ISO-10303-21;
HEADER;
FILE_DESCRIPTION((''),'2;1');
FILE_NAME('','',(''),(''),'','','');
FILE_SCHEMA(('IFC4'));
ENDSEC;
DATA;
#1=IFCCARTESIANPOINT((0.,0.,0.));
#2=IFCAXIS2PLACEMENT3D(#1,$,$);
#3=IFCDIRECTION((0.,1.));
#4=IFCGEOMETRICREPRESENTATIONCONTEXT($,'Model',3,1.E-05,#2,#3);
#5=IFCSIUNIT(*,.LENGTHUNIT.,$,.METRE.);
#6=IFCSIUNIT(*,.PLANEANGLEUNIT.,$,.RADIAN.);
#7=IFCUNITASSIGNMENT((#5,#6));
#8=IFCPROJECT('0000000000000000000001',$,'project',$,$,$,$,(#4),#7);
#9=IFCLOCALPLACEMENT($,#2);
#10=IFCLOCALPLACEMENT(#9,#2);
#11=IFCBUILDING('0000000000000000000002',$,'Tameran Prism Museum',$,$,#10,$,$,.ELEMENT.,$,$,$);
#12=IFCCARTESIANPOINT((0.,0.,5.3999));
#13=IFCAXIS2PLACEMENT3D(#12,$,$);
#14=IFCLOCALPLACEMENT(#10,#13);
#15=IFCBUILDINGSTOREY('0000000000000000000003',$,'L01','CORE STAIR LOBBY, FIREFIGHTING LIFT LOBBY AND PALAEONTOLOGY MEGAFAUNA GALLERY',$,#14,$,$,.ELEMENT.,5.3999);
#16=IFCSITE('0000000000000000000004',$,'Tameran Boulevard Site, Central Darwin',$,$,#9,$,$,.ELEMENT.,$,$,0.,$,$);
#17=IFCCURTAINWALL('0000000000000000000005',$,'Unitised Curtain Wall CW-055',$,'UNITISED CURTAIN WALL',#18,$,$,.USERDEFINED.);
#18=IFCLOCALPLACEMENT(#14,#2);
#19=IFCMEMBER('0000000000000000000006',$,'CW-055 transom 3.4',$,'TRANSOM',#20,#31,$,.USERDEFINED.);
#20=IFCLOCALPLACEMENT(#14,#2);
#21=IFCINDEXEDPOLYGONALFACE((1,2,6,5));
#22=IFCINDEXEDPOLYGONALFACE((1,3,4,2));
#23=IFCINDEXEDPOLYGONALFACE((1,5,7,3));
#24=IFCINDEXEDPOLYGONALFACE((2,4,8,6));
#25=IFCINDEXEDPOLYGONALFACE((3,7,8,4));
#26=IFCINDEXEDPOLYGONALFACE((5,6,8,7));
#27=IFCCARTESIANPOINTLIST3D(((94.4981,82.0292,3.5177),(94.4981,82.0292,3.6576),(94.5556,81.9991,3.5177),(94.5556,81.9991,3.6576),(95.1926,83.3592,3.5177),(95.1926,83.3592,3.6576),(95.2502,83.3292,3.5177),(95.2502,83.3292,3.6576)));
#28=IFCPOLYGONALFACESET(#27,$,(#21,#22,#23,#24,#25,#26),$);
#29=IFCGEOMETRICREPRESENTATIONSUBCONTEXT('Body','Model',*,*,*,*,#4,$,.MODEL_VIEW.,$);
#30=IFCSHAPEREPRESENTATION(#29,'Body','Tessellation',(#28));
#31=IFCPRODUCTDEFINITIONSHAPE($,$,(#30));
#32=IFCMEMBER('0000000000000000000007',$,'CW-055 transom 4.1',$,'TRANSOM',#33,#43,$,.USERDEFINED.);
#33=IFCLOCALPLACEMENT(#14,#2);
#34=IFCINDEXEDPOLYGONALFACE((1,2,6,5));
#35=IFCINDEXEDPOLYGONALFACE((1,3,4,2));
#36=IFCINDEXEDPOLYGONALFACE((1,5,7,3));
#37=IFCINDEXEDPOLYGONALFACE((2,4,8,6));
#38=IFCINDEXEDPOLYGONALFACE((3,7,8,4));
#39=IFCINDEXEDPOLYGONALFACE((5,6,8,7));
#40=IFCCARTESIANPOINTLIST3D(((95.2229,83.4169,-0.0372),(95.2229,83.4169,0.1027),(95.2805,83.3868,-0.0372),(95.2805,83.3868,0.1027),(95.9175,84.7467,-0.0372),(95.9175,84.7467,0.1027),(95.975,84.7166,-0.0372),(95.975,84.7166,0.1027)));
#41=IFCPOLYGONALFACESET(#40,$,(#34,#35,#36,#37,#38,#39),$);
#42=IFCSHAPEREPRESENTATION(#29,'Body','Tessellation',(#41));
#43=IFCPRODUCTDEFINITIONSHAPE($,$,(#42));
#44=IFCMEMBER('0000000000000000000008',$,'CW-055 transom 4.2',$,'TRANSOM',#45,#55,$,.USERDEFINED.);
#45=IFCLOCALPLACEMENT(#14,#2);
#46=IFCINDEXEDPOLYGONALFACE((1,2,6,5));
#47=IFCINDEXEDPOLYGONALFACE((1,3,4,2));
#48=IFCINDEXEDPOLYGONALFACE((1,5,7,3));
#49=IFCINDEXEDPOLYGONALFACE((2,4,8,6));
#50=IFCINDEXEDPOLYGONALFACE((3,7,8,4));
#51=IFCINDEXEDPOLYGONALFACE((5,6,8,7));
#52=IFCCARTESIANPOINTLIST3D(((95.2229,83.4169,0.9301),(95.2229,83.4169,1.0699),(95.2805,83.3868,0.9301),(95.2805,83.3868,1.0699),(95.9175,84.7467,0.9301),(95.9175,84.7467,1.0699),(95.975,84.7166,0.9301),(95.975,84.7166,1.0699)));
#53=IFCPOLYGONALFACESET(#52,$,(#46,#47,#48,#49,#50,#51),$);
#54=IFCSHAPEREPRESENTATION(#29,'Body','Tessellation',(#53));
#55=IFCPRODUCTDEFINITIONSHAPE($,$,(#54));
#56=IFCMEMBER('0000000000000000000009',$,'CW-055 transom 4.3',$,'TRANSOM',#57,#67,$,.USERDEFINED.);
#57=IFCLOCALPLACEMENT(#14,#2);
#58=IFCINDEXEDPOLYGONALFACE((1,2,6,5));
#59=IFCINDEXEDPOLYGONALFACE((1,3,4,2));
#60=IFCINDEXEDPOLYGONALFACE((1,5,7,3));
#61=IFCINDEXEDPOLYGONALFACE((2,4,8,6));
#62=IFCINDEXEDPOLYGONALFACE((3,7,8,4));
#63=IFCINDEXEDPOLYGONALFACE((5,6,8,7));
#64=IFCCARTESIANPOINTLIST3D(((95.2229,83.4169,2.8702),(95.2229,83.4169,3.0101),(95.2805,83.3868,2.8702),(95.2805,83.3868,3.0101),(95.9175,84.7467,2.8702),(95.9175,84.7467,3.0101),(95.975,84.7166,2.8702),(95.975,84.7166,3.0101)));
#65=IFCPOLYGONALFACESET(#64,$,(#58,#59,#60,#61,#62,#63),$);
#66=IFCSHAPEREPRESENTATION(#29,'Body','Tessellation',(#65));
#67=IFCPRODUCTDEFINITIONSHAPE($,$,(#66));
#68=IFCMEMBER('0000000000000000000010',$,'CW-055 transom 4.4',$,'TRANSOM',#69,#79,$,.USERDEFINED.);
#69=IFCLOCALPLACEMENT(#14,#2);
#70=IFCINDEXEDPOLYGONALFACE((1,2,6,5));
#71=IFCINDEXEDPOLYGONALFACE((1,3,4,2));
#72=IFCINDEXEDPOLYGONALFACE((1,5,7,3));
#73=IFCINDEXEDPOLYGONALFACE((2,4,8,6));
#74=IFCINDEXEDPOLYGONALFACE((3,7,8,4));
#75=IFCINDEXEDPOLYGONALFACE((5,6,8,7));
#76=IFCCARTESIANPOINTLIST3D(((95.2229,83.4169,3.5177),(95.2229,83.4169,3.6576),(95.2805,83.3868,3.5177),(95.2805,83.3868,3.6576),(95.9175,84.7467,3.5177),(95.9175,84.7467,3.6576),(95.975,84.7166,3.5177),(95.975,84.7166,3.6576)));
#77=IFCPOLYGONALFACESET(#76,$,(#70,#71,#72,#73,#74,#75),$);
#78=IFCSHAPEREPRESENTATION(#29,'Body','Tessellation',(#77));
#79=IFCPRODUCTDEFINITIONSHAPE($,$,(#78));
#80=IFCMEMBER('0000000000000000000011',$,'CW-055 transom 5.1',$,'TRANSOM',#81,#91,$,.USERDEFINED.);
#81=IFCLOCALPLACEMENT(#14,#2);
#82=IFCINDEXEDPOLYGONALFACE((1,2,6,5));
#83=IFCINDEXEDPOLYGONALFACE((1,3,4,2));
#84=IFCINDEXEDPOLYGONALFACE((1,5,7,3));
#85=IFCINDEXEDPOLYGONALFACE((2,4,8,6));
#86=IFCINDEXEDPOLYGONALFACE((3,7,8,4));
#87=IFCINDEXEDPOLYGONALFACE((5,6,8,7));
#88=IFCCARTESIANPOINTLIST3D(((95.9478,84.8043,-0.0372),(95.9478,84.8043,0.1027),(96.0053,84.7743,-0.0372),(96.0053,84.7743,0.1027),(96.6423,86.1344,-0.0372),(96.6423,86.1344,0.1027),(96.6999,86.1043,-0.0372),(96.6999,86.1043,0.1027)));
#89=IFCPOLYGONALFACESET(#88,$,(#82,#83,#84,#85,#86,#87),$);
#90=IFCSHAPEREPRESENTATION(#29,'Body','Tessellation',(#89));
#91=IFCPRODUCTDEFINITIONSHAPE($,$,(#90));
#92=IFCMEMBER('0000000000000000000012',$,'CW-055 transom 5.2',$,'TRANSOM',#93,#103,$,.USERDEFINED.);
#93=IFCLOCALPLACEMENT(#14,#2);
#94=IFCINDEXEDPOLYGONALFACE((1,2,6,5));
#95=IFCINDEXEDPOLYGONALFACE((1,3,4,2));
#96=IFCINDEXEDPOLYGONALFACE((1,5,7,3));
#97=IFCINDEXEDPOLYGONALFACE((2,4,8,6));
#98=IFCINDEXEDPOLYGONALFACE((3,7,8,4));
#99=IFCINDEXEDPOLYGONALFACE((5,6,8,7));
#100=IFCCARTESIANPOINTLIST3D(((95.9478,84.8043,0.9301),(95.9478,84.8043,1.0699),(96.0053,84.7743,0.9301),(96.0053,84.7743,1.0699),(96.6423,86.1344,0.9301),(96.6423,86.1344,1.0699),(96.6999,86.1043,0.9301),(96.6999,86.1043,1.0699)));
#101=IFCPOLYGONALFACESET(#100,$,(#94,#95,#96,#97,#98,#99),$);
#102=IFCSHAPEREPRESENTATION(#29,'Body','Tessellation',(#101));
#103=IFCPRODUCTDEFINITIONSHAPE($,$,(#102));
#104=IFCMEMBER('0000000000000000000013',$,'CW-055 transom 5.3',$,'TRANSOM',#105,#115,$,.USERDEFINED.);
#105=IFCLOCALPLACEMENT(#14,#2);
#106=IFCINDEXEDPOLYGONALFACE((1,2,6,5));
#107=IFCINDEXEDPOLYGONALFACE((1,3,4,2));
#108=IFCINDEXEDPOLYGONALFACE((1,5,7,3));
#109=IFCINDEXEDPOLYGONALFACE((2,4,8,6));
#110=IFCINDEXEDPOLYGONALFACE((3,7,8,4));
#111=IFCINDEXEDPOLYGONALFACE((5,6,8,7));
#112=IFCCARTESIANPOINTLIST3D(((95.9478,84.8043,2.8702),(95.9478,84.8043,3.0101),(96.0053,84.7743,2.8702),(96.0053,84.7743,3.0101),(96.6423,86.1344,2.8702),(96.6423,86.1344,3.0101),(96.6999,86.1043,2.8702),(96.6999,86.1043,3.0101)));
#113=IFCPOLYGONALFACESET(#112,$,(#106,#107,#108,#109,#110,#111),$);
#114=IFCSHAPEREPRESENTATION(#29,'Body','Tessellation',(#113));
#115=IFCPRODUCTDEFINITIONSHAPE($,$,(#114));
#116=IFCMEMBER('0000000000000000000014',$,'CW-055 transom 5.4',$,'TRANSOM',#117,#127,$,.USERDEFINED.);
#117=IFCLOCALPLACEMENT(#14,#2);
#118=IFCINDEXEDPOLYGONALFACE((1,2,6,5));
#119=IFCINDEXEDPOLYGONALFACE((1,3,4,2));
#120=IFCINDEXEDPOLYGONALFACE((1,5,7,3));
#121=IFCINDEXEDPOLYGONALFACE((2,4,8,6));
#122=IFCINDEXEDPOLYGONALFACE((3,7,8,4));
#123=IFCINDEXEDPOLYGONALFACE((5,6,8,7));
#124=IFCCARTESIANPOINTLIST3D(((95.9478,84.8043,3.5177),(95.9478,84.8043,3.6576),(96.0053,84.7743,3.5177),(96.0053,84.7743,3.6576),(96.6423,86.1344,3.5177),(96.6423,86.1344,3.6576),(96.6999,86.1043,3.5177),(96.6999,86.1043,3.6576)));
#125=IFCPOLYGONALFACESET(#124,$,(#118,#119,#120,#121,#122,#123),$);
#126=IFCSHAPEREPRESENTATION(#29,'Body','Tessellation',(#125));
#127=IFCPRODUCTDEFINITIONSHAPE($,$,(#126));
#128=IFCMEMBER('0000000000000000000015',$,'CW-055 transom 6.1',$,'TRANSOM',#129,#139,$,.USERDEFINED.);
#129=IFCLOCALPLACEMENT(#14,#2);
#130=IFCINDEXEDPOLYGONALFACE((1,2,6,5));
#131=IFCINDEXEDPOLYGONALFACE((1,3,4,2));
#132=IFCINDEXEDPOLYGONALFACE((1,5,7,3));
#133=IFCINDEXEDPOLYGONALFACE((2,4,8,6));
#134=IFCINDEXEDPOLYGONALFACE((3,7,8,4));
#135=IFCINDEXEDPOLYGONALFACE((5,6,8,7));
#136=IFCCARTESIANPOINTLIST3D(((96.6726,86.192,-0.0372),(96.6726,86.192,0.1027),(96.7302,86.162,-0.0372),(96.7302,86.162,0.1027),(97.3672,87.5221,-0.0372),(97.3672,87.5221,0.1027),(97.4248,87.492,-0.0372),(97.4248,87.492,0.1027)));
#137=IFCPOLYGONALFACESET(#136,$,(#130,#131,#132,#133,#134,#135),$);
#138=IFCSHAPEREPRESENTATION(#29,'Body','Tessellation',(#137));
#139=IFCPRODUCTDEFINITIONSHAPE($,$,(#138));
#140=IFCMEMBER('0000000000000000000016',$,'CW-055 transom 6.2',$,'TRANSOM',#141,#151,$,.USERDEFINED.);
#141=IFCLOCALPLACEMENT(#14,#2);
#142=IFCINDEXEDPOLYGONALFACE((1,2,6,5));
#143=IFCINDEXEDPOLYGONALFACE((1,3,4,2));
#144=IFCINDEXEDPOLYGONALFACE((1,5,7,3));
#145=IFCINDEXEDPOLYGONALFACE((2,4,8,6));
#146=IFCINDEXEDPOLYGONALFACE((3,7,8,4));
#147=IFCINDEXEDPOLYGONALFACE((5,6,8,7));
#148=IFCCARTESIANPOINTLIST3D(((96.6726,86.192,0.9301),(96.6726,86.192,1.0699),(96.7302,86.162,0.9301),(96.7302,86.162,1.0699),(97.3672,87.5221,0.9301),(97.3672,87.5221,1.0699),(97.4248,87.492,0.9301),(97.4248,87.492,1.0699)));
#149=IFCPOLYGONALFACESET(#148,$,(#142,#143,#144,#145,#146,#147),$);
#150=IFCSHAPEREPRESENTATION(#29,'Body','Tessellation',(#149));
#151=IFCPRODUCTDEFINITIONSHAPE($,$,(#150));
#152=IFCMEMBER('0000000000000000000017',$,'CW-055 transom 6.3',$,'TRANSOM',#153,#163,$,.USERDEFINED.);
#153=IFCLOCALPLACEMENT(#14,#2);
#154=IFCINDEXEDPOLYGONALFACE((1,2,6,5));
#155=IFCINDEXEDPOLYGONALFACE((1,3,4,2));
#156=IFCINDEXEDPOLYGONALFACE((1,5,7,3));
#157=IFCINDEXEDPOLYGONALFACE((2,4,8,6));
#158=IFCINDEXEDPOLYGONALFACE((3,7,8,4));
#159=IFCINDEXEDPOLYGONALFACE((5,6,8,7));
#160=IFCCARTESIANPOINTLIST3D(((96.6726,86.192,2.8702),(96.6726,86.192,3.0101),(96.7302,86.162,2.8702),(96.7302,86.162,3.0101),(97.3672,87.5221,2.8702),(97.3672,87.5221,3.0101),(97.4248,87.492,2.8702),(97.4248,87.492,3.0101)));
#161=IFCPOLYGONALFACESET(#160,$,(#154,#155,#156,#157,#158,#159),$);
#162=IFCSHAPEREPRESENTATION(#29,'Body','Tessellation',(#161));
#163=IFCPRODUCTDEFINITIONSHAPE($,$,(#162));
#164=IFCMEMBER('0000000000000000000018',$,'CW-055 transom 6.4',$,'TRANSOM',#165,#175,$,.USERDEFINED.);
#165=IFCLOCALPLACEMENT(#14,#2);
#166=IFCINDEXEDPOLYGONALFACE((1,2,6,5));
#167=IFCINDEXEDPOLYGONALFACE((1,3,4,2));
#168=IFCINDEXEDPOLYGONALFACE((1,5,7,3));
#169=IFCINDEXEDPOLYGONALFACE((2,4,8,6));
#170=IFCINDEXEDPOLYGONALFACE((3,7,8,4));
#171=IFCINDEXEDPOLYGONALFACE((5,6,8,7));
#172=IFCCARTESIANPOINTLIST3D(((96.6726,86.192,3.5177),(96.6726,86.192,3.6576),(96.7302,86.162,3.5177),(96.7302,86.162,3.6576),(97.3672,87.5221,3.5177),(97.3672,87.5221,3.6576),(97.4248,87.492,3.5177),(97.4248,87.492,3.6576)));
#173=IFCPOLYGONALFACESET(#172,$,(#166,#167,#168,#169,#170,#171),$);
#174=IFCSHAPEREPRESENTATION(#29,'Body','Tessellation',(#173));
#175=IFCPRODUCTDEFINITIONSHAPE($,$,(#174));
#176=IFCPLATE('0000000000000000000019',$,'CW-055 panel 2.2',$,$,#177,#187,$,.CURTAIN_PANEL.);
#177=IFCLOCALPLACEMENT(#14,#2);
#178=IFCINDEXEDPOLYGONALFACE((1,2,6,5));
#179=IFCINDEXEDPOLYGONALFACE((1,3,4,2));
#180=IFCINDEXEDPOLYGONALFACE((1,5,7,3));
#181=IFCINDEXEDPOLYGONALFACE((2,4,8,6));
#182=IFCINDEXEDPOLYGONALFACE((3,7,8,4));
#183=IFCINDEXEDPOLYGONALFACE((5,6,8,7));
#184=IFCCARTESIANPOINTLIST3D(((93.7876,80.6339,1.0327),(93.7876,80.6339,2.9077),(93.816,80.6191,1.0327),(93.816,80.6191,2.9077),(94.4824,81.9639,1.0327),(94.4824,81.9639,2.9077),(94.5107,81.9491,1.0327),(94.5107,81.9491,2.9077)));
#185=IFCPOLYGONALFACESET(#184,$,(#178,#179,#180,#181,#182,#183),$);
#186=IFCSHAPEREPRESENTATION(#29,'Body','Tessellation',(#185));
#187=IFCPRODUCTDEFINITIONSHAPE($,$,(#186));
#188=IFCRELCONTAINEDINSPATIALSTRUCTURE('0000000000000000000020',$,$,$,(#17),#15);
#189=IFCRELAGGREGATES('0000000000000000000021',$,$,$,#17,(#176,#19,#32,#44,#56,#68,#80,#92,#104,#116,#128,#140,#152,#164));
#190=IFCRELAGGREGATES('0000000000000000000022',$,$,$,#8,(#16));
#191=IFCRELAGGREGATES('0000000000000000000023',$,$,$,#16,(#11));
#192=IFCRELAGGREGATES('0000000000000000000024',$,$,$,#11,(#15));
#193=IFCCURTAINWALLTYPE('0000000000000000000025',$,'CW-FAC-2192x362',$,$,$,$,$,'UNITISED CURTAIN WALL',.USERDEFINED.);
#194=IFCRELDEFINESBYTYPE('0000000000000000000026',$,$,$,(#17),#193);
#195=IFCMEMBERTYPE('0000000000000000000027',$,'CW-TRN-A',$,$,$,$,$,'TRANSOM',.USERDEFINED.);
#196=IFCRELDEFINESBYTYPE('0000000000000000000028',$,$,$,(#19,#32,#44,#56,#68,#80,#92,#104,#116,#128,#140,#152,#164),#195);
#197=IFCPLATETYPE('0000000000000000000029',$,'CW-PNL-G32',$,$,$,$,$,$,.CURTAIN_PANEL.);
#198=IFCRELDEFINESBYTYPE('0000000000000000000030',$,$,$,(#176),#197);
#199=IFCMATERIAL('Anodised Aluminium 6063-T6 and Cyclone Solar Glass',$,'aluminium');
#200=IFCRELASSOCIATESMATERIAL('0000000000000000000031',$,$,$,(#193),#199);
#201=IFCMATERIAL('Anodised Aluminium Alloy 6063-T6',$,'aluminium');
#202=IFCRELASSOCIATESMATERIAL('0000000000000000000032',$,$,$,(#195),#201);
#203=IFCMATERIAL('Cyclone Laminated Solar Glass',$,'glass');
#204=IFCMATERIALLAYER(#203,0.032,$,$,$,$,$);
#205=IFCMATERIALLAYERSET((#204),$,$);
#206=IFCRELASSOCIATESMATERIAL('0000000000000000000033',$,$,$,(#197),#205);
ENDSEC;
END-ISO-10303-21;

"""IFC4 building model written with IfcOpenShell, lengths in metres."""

from ifc_helpers import new_model, si_unit, direction, frame, origin, origin_2d, place, context, subcontext, project, spatial, rectangle, extrude, material, layer, layer_set, material_profile, profile_set, type_object, element, aggregate, save


model = new_model("IFC4")

# Units and contexts
model_context = context("Model", 3, precision=1e-05, world=origin(), true_north=direction((0.0, 1.0)))
body_context = subcontext(model_context, "Body", "Model", "MODEL_VIEW")
ifc_project = project(units=[si_unit("LENGTHUNIT", "METRE"), si_unit("PLANEANGLEUNIT", "RADIAN")], contexts=[model_context])

# Site, building, storey
site_placement = place(None, origin())
site = spatial("IfcSite", under=ifc_project, at=site_placement, Name="Tameran Boulevard Site, Central Darwin", CompositionType="ELEMENT", RefElevation=0.0)
building_placement = place(site_placement, origin())
building = spatial("IfcBuilding", under=site, at=building_placement, Name="Tameran Prism Museum", CompositionType="ELEMENT")
storey_placement = place(building_placement, frame((0.0, 0.0, 5.3999)))
storey = spatial("IfcBuildingStorey", under=building, at=storey_placement, Name="L01", Description="CORE STAIR LOBBY, FIREFIGHTING LIFT LOBBY AND PALAEONTOLOGY MEGAFAUNA GALLERY", CompositionType="ELEMENT", Elevation=5.3999)

# Curtain wall, members, plate
ifc_material_1 = material(Name="Anodised Aluminium 6063-T6 and Cyclone Solar Glass", Category="aluminium")
curtain_wall_type = type_object("IfcCurtainWallType", Name="CW-FAC-2192x362", ElementType="UNITISED CURTAIN WALL", PredefinedType="USERDEFINED", material=ifc_material_1)
curtain_wall_placement = place(storey_placement, origin())
curtain_wall = element("IfcCurtainWall", 1, at=curtain_wall_placement, inside=storey, type_object=curtain_wall_type, Name="Unitised Curtain Wall CW-055", ObjectType="UNITISED CURTAIN WALL", PredefinedType="USERDEFINED")
ifc_material_2 = material(Name="Anodised Aluminium Alloy 6063-T6", Category="aluminium")
ifc_material_profile_1 = material_profile(ifc_material_2, rectangle(XDim=0.0649, YDim=0.1399, at=origin_2d()))
ifc_profile_set_1 = profile_set([ifc_material_profile_1])
member_type_1 = type_object("IfcMemberType", Name="CW-TRN-A", ElementType="TRANSOM", PredefinedType="USERDEFINED", material=ifc_profile_set_1)
member_1_placement = place(storey_placement, frame((94.5269, 82.0142, 3.5876), z_axis=(0.462894, 0.886414, 0.0), x_axis=(-0.886414, 0.462894, 0.0)))
member_1 = element("IfcMember", 2, at=member_1_placement, type_object=member_type_1, Name="CW-055 transom 3.4", ObjectType="TRANSOM", PredefinedType="USERDEFINED", context=body_context, shape_type="SweptSolid", body=[
    extrude(rectangle(XDim=0.0649, YDim=0.1399, at=origin_2d()), origin(), (0.0, 0.0, 1.0), 1.5005),
])
member_2_placement = place(storey_placement, frame((95.2517, 83.4019, 0.0327), z_axis=(0.462961, 0.886379, 0.0), x_axis=(-0.886379, 0.462961, 0.0)))
member_2 = element("IfcMember", 3, at=member_2_placement, type_object=member_type_1, Name="CW-055 transom 4.1", ObjectType="TRANSOM", PredefinedType="USERDEFINED", context=body_context, shape_type="SweptSolid", body=[
    extrude(rectangle(XDim=0.0649, YDim=0.1399, at=origin_2d()), origin(), (0.0, 0.0, 1.0), 1.5002),
])
member_3_placement = place(storey_placement, frame((95.2517, 83.4019, 1.0), z_axis=(0.462961, 0.886379, 0.0), x_axis=(-0.886379, 0.462961, 0.0)))
member_3 = element("IfcMember", 4, at=member_3_placement, type_object=member_type_1, Name="CW-055 transom 4.2", ObjectType="TRANSOM", PredefinedType="USERDEFINED", context=body_context, shape_type="SweptSolid", body=[
    extrude(rectangle(XDim=0.0649, YDim=0.1399, at=origin_2d()), origin(), (0.0, 0.0, 1.0), 1.5002),
])
member_4_placement = place(storey_placement, frame((95.2517, 83.4019, 2.9402), z_axis=(0.462961, 0.886379, 0.0), x_axis=(-0.886379, 0.462961, 0.0)))
member_4 = element("IfcMember", 5, at=member_4_placement, type_object=member_type_1, Name="CW-055 transom 4.3", ObjectType="TRANSOM", PredefinedType="USERDEFINED", context=body_context, shape_type="SweptSolid", body=[
    extrude(rectangle(XDim=0.0649, YDim=0.1399, at=origin_2d()), origin(), (0.0, 0.0, 1.0), 1.5002),
])
member_5_placement = place(storey_placement, frame((95.2517, 83.4019, 3.5876), z_axis=(0.462961, 0.886379, 0.0), x_axis=(-0.886379, 0.462961, 0.0)))
member_5 = element("IfcMember", 6, at=member_5_placement, type_object=member_type_1, Name="CW-055 transom 4.4", ObjectType="TRANSOM", PredefinedType="USERDEFINED", context=body_context, shape_type="SweptSolid", body=[
    extrude(rectangle(XDim=0.0649, YDim=0.1399, at=origin_2d()), origin(), (0.0, 0.0, 1.0), 1.5002),
])
member_6_placement = place(storey_placement, frame((95.9766, 84.7893, 0.0327), z_axis=(0.462894, 0.886414, 0.0), x_axis=(-0.886414, 0.462894, 0.0)))
member_6 = element("IfcMember", 7, at=member_6_placement, type_object=member_type_1, Name="CW-055 transom 5.1", ObjectType="TRANSOM", PredefinedType="USERDEFINED", context=body_context, shape_type="SweptSolid", body=[
    extrude(rectangle(XDim=0.0649, YDim=0.1399, at=origin_2d()), origin(), (0.0, 0.0, 1.0), 1.5005),
])
member_7_placement = place(storey_placement, frame((95.9766, 84.7893, 1.0), z_axis=(0.462894, 0.886414, 0.0), x_axis=(-0.886414, 0.462894, 0.0)))
member_7 = element("IfcMember", 8, at=member_7_placement, type_object=member_type_1, Name="CW-055 transom 5.2", ObjectType="TRANSOM", PredefinedType="USERDEFINED", context=body_context, shape_type="SweptSolid", body=[
    extrude(rectangle(XDim=0.0649, YDim=0.1399, at=origin_2d()), origin(), (0.0, 0.0, 1.0), 1.5005),
])
member_8_placement = place(storey_placement, frame((95.9766, 84.7893, 2.9402), z_axis=(0.462894, 0.886414, 0.0), x_axis=(-0.886414, 0.462894, 0.0)))
member_8 = element("IfcMember", 9, at=member_8_placement, type_object=member_type_1, Name="CW-055 transom 5.3", ObjectType="TRANSOM", PredefinedType="USERDEFINED", context=body_context, shape_type="SweptSolid", body=[
    extrude(rectangle(XDim=0.0649, YDim=0.1399, at=origin_2d()), origin(), (0.0, 0.0, 1.0), 1.5005),
])
member_9_placement = place(storey_placement, frame((95.9766, 84.7893, 3.5876), z_axis=(0.462894, 0.886414, 0.0), x_axis=(-0.886414, 0.462894, 0.0)))
member_9 = element("IfcMember", 10, at=member_9_placement, type_object=member_type_1, Name="CW-055 transom 5.4", ObjectType="TRANSOM", PredefinedType="USERDEFINED", context=body_context, shape_type="SweptSolid", body=[
    extrude(rectangle(XDim=0.0649, YDim=0.1399, at=origin_2d()), origin(), (0.0, 0.0, 1.0), 1.5005),
])
member_10_placement = place(storey_placement, frame((96.7014, 86.177, 0.0327), z_axis=(0.462894, 0.886414, 0.0), x_axis=(-0.886414, 0.462894, 0.0)))
member_10 = element("IfcMember", 11, at=member_10_placement, type_object=member_type_1, Name="CW-055 transom 6.1", ObjectType="TRANSOM", PredefinedType="USERDEFINED", context=body_context, shape_type="SweptSolid", body=[
    extrude(rectangle(XDim=0.0649, YDim=0.1399, at=origin_2d()), origin(), (0.0, 0.0, 1.0), 1.5005),
])
member_11_placement = place(storey_placement, frame((96.7014, 86.177, 1.0), z_axis=(0.462894, 0.886414, 0.0), x_axis=(-0.886414, 0.462894, 0.0)))
member_11 = element("IfcMember", 12, at=member_11_placement, type_object=member_type_1, Name="CW-055 transom 6.2", ObjectType="TRANSOM", PredefinedType="USERDEFINED", context=body_context, shape_type="SweptSolid", body=[
    extrude(rectangle(XDim=0.0649, YDim=0.1399, at=origin_2d()), origin(), (0.0, 0.0, 1.0), 1.5005),
])
member_12_placement = place(storey_placement, frame((96.7014, 86.177, 2.9402), z_axis=(0.462894, 0.886414, 0.0), x_axis=(-0.886414, 0.462894, 0.0)))
member_12 = element("IfcMember", 13, at=member_12_placement, type_object=member_type_1, Name="CW-055 transom 6.3", ObjectType="TRANSOM", PredefinedType="USERDEFINED", context=body_context, shape_type="SweptSolid", body=[
    extrude(rectangle(XDim=0.0649, YDim=0.1399, at=origin_2d()), origin(), (0.0, 0.0, 1.0), 1.5005),
])
member_13_placement = place(storey_placement, frame((96.7014, 86.177, 3.5876), z_axis=(0.462894, 0.886414, 0.0), x_axis=(-0.886414, 0.462894, 0.0)))
member_13 = element("IfcMember", 14, at=member_13_placement, type_object=member_type_1, Name="CW-055 transom 6.4", ObjectType="TRANSOM", PredefinedType="USERDEFINED", context=body_context, shape_type="SweptSolid", body=[
    extrude(rectangle(XDim=0.0649, YDim=0.1399, at=origin_2d()), origin(), (0.0, 0.0, 1.0), 1.5005),
])
ifc_material_3 = material(Name="Cyclone Laminated Solar Glass", Category="glass")
ifc_layer = layer(ifc_material_3, 0.032)
ifc_layer_set = layer_set([ifc_layer])
plate_type = type_object("IfcPlateType", Name="CW-PNL-G32", PredefinedType="CURTAIN_PANEL", material=ifc_layer_set)
plate_1_placement = place(storey_placement, frame((94.1492, 81.2915, 1.0327), z_axis=(0.0, 0.0, 1.0), x_axis=(0.463003, 0.886357, 0.0)))
plate_1 = element("IfcPlate", 15, at=plate_1_placement, type_object=plate_type, Name="CW-055 panel 2.2", PredefinedType="CURTAIN_PANEL", context=body_context, shape_type="SweptSolid", body=[
    extrude(rectangle(XDim=1.5005, YDim=0.032, at=origin_2d()), origin(), (0.0, 0.0, 1.0), 1.875),
])
aggregate(curtain_wall, [plate_1, member_1, member_2, member_3, member_4, member_5, member_6, member_7, member_8, member_9, member_10, member_11, member_12, member_13])

save(model, "model.ifc")
